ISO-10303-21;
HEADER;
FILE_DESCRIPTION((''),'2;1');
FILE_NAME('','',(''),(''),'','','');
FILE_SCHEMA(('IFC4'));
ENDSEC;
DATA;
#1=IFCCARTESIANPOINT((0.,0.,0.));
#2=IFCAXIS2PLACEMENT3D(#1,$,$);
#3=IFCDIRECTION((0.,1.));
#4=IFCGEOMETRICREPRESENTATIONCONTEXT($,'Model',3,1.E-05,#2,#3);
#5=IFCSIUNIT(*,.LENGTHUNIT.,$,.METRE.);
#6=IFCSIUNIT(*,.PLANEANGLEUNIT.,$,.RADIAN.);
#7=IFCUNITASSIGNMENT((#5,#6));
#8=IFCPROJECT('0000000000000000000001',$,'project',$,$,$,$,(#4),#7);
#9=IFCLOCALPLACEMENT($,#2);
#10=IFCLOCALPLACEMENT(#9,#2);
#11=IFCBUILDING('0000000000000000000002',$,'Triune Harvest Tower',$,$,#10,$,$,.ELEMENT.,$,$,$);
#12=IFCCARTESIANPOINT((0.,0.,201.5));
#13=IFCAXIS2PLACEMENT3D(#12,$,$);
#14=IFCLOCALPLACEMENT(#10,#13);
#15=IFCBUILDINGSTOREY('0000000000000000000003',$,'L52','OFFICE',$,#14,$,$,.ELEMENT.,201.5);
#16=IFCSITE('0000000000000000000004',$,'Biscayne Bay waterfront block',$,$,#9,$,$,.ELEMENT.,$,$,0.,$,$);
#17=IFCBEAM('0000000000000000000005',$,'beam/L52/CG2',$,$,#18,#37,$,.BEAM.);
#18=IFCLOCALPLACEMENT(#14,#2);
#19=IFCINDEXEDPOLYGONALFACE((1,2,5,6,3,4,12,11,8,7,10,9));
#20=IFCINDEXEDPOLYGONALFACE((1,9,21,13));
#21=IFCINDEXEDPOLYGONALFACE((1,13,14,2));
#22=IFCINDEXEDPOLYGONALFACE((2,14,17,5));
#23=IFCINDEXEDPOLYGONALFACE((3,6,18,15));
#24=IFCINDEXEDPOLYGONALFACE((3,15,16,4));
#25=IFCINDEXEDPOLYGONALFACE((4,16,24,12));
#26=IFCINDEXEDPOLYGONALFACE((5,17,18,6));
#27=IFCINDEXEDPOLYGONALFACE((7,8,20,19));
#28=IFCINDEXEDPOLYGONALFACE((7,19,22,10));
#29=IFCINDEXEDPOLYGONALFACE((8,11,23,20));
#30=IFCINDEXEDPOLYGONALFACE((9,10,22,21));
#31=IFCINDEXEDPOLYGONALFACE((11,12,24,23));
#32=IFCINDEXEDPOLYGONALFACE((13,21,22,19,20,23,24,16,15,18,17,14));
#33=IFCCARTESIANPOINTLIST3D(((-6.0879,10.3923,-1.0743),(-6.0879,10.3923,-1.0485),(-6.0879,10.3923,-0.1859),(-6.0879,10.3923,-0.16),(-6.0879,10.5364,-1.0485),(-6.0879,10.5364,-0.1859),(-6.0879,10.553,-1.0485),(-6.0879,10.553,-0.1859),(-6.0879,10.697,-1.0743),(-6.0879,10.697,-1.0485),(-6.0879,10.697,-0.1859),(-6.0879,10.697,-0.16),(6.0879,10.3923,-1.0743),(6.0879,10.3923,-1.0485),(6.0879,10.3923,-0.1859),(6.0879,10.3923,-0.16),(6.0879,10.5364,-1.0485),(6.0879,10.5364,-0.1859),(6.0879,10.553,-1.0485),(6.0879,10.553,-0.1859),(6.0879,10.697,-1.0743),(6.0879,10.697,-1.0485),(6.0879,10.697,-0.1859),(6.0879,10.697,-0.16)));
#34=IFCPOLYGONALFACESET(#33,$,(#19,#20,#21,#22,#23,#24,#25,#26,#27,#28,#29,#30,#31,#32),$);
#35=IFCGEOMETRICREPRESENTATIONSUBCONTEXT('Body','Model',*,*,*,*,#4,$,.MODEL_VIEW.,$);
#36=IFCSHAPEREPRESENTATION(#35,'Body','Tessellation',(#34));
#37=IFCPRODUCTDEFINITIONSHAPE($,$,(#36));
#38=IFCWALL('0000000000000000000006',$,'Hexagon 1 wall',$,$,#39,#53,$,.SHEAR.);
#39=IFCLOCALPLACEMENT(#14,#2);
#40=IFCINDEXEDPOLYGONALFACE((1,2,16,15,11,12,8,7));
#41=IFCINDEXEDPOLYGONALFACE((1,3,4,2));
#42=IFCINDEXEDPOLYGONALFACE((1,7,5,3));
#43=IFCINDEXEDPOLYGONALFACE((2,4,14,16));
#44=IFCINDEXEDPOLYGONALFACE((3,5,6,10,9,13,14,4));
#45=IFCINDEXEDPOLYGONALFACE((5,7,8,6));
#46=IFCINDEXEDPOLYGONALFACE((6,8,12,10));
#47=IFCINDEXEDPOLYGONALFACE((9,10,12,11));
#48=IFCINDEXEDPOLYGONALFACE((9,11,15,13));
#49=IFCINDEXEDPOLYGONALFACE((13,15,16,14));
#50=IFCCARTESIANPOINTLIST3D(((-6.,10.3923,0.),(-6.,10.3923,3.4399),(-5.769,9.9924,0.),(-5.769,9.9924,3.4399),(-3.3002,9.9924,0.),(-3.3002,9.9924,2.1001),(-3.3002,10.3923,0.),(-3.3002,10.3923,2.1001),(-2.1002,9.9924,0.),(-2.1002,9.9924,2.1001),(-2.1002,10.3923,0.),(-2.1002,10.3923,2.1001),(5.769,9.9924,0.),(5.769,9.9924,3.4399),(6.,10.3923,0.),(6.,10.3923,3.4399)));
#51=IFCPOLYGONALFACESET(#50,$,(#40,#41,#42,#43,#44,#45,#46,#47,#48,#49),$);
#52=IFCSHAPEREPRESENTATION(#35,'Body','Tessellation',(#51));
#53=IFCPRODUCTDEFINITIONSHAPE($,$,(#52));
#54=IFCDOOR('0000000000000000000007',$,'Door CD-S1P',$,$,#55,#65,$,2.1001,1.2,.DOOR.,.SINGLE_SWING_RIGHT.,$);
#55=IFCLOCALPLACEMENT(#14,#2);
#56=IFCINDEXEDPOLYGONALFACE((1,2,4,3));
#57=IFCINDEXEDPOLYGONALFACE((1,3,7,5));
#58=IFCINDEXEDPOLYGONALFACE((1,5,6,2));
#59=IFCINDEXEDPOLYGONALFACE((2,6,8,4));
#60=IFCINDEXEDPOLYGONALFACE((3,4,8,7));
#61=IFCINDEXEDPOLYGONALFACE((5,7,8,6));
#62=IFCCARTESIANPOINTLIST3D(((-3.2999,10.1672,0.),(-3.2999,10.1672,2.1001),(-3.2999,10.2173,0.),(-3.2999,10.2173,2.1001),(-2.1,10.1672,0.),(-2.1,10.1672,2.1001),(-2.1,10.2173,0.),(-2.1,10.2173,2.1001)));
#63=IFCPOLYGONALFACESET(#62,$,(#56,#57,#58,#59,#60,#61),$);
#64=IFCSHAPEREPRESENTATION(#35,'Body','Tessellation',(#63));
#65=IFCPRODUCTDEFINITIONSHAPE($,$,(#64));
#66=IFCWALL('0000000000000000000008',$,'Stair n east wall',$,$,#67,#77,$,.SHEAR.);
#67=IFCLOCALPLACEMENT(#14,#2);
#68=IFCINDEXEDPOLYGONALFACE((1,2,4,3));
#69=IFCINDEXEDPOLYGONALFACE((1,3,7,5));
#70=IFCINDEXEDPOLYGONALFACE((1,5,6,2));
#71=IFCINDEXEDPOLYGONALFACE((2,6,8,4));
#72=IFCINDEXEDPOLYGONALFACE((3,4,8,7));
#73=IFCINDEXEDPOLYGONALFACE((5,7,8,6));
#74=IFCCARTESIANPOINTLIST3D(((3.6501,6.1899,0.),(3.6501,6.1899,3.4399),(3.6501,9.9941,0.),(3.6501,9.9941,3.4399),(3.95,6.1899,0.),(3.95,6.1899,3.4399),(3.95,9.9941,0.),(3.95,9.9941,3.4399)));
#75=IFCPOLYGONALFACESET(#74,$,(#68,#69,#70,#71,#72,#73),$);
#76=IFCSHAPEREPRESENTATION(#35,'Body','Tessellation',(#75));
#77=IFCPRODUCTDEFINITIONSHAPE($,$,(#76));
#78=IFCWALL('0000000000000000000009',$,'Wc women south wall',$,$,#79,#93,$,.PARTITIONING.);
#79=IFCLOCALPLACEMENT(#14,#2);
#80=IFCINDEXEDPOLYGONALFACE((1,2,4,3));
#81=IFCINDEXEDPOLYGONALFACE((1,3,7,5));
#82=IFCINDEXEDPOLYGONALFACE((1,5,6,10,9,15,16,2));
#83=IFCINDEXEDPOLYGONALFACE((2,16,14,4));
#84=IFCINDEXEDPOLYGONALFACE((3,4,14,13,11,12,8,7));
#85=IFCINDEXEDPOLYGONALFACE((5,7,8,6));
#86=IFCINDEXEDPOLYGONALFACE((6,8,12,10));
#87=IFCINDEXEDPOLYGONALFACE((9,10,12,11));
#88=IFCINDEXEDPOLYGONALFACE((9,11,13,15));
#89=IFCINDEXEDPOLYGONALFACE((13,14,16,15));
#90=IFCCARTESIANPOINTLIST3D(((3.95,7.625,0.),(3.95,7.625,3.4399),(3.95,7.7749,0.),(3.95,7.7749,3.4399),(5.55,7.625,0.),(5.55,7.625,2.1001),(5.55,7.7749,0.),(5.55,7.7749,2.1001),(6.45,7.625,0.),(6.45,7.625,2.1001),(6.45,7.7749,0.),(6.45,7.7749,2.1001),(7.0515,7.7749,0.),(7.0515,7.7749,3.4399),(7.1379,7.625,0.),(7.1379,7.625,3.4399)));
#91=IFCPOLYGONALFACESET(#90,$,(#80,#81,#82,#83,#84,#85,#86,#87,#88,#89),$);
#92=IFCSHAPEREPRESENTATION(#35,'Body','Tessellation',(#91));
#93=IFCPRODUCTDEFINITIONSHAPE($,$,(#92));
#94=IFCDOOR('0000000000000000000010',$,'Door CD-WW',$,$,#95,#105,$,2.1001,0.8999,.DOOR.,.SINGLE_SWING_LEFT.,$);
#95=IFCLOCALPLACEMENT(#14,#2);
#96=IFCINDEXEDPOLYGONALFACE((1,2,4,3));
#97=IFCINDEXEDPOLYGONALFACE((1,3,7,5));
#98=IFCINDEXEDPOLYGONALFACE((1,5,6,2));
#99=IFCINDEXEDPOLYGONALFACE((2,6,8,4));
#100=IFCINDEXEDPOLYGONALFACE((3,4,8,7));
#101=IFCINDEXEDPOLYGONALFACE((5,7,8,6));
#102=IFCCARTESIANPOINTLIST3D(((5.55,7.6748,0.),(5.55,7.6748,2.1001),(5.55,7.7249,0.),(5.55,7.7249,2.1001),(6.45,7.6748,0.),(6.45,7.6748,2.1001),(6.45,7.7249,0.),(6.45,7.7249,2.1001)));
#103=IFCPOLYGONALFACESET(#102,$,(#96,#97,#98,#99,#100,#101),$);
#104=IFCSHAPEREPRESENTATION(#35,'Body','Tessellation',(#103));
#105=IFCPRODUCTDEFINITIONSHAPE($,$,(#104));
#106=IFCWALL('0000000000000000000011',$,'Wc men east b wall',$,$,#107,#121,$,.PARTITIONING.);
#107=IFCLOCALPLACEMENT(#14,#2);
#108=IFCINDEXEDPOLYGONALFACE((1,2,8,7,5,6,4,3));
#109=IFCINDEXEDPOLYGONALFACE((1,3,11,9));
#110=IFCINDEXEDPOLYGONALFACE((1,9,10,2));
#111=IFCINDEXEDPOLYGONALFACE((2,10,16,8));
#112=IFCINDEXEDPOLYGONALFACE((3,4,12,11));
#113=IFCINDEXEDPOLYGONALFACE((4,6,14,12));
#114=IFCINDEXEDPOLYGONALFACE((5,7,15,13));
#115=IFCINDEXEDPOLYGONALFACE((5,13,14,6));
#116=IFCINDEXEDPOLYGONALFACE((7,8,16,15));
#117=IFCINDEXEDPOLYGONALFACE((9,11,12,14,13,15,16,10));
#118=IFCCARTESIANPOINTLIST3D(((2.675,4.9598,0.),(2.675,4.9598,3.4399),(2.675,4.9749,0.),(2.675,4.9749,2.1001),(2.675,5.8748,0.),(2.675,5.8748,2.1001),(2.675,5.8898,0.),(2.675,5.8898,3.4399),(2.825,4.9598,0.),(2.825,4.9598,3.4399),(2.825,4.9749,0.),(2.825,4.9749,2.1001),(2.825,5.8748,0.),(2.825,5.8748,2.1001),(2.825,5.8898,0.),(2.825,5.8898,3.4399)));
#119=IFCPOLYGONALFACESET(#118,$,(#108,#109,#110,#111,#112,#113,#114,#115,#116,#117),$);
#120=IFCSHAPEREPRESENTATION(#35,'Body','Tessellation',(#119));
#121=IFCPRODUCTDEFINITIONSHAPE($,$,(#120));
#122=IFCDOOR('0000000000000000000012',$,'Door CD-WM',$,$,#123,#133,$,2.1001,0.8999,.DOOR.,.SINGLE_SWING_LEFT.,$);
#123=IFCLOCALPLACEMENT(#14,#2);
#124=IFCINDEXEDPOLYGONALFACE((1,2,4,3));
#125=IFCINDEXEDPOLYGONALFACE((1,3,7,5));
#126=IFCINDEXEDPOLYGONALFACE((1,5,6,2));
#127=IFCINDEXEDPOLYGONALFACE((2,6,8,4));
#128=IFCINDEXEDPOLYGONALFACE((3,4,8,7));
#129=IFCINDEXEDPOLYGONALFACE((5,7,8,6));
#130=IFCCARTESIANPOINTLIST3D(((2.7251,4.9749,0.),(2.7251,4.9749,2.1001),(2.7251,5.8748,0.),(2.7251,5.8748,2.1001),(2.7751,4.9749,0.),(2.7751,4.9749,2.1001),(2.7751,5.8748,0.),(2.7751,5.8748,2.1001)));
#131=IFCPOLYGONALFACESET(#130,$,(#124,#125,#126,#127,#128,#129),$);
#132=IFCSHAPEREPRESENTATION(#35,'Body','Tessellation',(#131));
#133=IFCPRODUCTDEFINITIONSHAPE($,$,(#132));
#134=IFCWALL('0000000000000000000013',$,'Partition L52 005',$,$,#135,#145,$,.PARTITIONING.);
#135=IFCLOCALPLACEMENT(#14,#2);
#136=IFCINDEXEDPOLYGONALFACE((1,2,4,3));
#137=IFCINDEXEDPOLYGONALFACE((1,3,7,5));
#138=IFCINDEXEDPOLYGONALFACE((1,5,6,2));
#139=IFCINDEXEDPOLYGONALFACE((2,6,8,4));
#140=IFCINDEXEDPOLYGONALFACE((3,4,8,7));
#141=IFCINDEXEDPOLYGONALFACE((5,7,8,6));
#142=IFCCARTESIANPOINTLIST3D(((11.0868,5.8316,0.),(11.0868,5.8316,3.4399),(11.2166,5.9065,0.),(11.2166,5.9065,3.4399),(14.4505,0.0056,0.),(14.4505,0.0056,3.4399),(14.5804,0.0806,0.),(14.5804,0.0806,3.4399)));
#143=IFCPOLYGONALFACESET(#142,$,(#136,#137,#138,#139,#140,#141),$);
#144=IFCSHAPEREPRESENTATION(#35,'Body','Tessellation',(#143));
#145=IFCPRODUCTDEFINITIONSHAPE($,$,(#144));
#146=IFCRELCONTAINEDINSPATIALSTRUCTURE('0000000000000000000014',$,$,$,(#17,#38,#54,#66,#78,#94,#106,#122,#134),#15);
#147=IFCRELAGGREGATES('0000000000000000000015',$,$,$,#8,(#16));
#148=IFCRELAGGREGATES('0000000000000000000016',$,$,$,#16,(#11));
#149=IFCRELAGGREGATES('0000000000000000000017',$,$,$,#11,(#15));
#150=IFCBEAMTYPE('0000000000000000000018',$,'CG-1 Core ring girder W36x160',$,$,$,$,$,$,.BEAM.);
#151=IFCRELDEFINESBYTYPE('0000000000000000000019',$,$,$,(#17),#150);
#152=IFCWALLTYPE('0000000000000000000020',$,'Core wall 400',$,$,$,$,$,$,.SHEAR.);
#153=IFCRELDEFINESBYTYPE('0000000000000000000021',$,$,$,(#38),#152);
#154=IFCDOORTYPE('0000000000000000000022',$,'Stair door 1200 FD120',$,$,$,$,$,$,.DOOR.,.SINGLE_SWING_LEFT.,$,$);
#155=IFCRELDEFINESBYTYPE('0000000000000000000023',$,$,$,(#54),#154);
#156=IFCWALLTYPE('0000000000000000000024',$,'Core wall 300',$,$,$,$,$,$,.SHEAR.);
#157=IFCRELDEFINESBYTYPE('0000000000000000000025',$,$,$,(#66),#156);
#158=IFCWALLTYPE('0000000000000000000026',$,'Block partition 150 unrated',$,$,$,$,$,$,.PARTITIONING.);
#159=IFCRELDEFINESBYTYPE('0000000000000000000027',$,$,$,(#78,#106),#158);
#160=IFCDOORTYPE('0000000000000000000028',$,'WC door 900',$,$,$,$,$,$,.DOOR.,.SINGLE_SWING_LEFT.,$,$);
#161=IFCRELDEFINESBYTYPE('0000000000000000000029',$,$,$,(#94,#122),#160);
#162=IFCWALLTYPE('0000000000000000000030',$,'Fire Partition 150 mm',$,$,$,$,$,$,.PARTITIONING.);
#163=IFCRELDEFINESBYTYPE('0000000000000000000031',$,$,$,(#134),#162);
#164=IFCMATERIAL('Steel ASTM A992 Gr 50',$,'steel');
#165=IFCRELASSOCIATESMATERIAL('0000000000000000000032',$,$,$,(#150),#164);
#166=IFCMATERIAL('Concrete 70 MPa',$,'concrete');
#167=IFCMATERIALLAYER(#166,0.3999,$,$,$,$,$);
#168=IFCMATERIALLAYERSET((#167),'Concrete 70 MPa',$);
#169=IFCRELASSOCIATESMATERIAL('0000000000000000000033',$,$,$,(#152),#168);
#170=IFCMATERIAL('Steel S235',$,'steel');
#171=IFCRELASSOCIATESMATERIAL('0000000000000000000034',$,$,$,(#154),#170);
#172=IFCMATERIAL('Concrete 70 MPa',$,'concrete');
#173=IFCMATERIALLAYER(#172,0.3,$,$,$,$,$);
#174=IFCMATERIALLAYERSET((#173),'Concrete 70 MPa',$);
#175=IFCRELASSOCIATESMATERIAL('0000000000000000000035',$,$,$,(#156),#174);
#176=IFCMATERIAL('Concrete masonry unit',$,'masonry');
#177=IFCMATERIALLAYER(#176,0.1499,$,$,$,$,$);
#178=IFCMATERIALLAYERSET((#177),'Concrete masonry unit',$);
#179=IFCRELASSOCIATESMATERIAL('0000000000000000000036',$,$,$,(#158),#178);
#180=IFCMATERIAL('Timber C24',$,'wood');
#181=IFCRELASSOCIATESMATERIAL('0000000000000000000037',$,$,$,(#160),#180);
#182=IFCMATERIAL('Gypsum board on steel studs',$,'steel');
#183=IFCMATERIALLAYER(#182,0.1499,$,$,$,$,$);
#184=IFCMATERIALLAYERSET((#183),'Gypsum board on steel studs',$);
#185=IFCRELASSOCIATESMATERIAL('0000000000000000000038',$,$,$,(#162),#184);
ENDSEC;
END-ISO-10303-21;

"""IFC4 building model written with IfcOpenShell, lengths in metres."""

from ifc_helpers import new_model, si_unit, direction, frame, frame_2d, origin, origin_2d, place, context, subcontext, project, spatial, polyline, rectangle, i_section, outline, extrude, source, transform, mapped, material, layer, layer_set, material_profile, profile_set, type_object, element, fill, save


model = new_model("IFC4")

# Units and contexts
model_context = context("Model", 3, precision=1e-05, world=origin(), true_north=direction((0.0, 1.0)))
body_context = subcontext(model_context, "Body", "Model", "MODEL_VIEW")
ifc_project = project(units=[si_unit("LENGTHUNIT", "METRE"), si_unit("PLANEANGLEUNIT", "RADIAN")], contexts=[model_context])

# Site, building, storey
site_placement = place(None, origin())
site = spatial("IfcSite", under=ifc_project, at=site_placement, Name="Biscayne Bay waterfront block", CompositionType="ELEMENT", RefElevation=0.0)
building_placement = place(site_placement, origin())
building = spatial("IfcBuilding", under=site, at=building_placement, Name="Triune Harvest Tower", CompositionType="ELEMENT")
storey_placement = place(building_placement, frame((0.0, 0.0, 201.5)))
storey = spatial("IfcBuildingStorey", under=building, at=storey_placement, Name="L52", Description="OFFICE", CompositionType="ELEMENT", Elevation=201.5)

# Beam
ifc_material_1 = material(Name="Steel ASTM A992 Gr 50", Category="steel")
ifc_material_profile = material_profile(ifc_material_1, i_section(OverallWidth=0.3047, OverallDepth=0.9143, WebThickness=0.0166, FlangeThickness=0.0259, at=origin_2d()), Name="W36x160")
ifc_profile_set = profile_set([ifc_material_profile], Name="Steel ASTM A992 Gr 50")
beam_type = type_object("IfcBeamType", Name="CG-1 Core ring girder W36x160", PredefinedType="BEAM", material=ifc_profile_set)
shared_shape_1 = source(origin(), body_context, "Body", "SweptSolid", [
    extrude(i_section(OverallWidth=0.3047, OverallDepth=0.9143, WebThickness=0.0166, FlangeThickness=0.0259, at=origin_2d()), origin(), (0.0, 0.0, 1.0), 12.1758),
])
beam_placement = place(storey_placement, frame((6.0879, 10.5447, -0.6172), z_axis=(-1.0, 0.0, 0.0), x_axis=(0.0, -1.0, 0.0)))
element("IfcBeam", 1, at=beam_placement, inside=storey, type_object=beam_type, Name="beam/L52/CG2", PredefinedType="BEAM", context=body_context, shape_type="MappedRepresentation", body=[
    mapped(shared_shape_1, transform((0.0, 0.0, 0.0), scale=1.0)),
])

# Wall, opening, door
ifc_material_2 = material(Name="Concrete 70 MPa", Category="concrete")
ifc_layer_1 = layer(ifc_material_2, 0.3999)
ifc_layer_set_1 = layer_set([ifc_layer_1], Name="Concrete 70 MPa")
wall_type_1 = type_object("IfcWallType", Name="Core wall 400", PredefinedType="SHEAR", material=ifc_layer_set_1)
shared_shape_2 = source(origin(), body_context, "Body", "SweptSolid", [
    extrude(outline(polyline([(-0.1155, -0.2), (11.8845, -0.2), (11.6536, 0.2), (0.1155, 0.2), (-0.1155, -0.2)])), origin(), (0.0, 0.0, 1.0), 3.4399),
])
wall_1_placement = place(storey_placement, frame((5.8845, 10.1924, 0.0), z_axis=(0.0, 0.0, 1.0), x_axis=(-1.0, 0.0, 0.0)))
wall_1 = element("IfcWall", 2, at=wall_1_placement, inside=storey, type_object=wall_type_1, Name="Hexagon 1 wall", PredefinedType="SHEAR", context=body_context, shape_type="MappedRepresentation", body=[
    mapped(shared_shape_2, transform((0.0, 0.0, 0.0), scale=1.0)),
])
opening_1_placement = place(wall_1_placement, frame((7.9846, 0.0, 0.0)))
opening_1 = element("IfcOpeningElement", 3, at=opening_1_placement, cuts=wall_1, PredefinedType="OPENING", context=body_context, shape_type="SweptSolid", body=[
    extrude(rectangle(XDim=1.2, YDim=2.1001, at=frame_2d((0.6001, 1.05))), frame((0.0, 0.21, 0.0), z_axis=(0.0, -1.0, 0.0), x_axis=(1.0, 0.0, 0.0)), (0.0, 0.0, 1.0), 0.4199),
])
ifc_material_3 = material(Name="Steel S235", Category="steel")
door_type_1 = type_object("IfcDoorType", Name="Stair door 1200 FD120", OperationType="SINGLE_SWING_LEFT", PredefinedType="DOOR", material=ifc_material_3)
door_1_placement = place(opening_1_placement, frame((1.2, 0.0, 0.0), z_axis=(0.0, 0.0, 1.0), x_axis=(-1.0, 0.0, 0.0)))
door_1 = element("IfcDoor", 4, at=door_1_placement, inside=storey, type_object=door_type_1, Name="Door CD-S1P", OperationType="SINGLE_SWING_RIGHT", OverallHeight=2.1001, OverallWidth=1.2, PredefinedType="DOOR", context=body_context, shape_type="SweptSolid", body=[
    extrude(rectangle(XDim=1.2, YDim=2.1001, at=frame_2d((0.6001, 1.05))), frame((0.0, 0.0249, 0.0), z_axis=(0.0, -1.0, 0.0), x_axis=(1.0, 0.0, 0.0)), (0.0, 0.0, 1.0), 0.05),
])
fill(opening_1, door_1)

# Wall
ifc_material_4 = material(Name="Concrete 70 MPa", Category="concrete")
ifc_layer_2 = layer(ifc_material_4, 0.3)
ifc_layer_set_2 = layer_set([ifc_layer_2], Name="Concrete 70 MPa")
wall_type_2 = type_object("IfcWallType", Name="Core wall 300", PredefinedType="SHEAR", material=ifc_layer_set_2)
shared_shape_3 = source(origin(), body_context, "Body", "SweptSolid", [
    extrude(outline(polyline([(0.0, -0.1499), (0.0, 0.1499), (3.8042, 0.1499), (3.8042, -0.1499), (0.0, -0.1499)])), origin(), (0.0, 0.0, 1.0), 3.4399),
])
wall_2_placement = place(storey_placement, frame((3.8, 6.1899, 0.0), z_axis=(0.0, 0.0, 1.0), x_axis=(0.0, 1.0, 0.0)))
element("IfcWall", 5, at=wall_2_placement, inside=storey, type_object=wall_type_2, Name="Stair n east wall", PredefinedType="SHEAR", context=body_context, shape_type="MappedRepresentation", body=[
    mapped(shared_shape_3, transform((0.0, 0.0, 0.0), scale=1.0)),
])

# Walls, openings, doors
ifc_material_5 = material(Name="Concrete masonry unit", Category="masonry")
ifc_layer_3 = layer(ifc_material_5, 0.1499)
ifc_layer_set_3 = layer_set([ifc_layer_3], Name="Concrete masonry unit")
wall_type_3 = type_object("IfcWallType", Name="Block partition 150 unrated", PredefinedType="PARTITIONING", material=ifc_layer_set_3)
shared_shape_4 = source(origin(), body_context, "Body", "SweptSolid", [
    extrude(outline(polyline([(0.0, -0.075), (0.0, 0.075), (3.1016, 0.075), (3.188, -0.075), (0.0, -0.075)])), origin(), (0.0, 0.0, 1.0), 3.4399),
])
wall_3_placement = place(storey_placement, frame((3.95, 7.7, 0.0), z_axis=(0.0, 0.0, 1.0), x_axis=(1.0, 0.0, 0.0)))
wall_3 = element("IfcWall", 6, at=wall_3_placement, inside=storey, type_object=wall_type_3, Name="Wc women south wall", PredefinedType="PARTITIONING", context=body_context, shape_type="MappedRepresentation", body=[
    mapped(shared_shape_4, transform((0.0, 0.0, 0.0), scale=1.0)),
])
opening_2_placement = place(wall_3_placement, frame((1.6001, 0.0, 0.0)))
opening_2 = element("IfcOpeningElement", 7, at=opening_2_placement, cuts=wall_3, PredefinedType="OPENING", context=body_context, shape_type="SweptSolid", body=[
    extrude(rectangle(XDim=0.8999, YDim=2.1001, at=frame_2d((0.45, 1.05))), frame((0.0, 0.085, 0.0), z_axis=(0.0, -1.0, 0.0), x_axis=(1.0, 0.0, 0.0)), (0.0, 0.0, 1.0), 0.1699),
])
ifc_material_6 = material(Name="Timber C24", Category="wood")
door_type_2 = type_object("IfcDoorType", Name="WC door 900", OperationType="SINGLE_SWING_LEFT", PredefinedType="DOOR", material=ifc_material_6)
door_2_placement = place(opening_2_placement, origin())
door_2 = element("IfcDoor", 8, at=door_2_placement, inside=storey, type_object=door_type_2, Name="Door CD-WW", OperationType="SINGLE_SWING_LEFT", OverallHeight=2.1001, OverallWidth=0.8999, PredefinedType="DOOR", context=body_context, shape_type="SweptSolid", body=[
    extrude(rectangle(XDim=0.8999, YDim=2.1001, at=frame_2d((0.45, 1.05))), frame((0.0, 0.0249, 0.0), z_axis=(0.0, -1.0, 0.0), x_axis=(1.0, 0.0, 0.0)), (0.0, 0.0, 1.0), 0.05),
])
fill(opening_2, door_2)
shared_shape_5 = source(origin(), body_context, "Body", "SweptSolid", [
    extrude(rectangle(XDim=0.9299, YDim=0.1499, at=frame_2d((0.4648, 0.0))), origin(), (0.0, 0.0, 1.0), 3.4399),
])
wall_4_placement = place(storey_placement, frame((2.75, 4.96, 0.0), z_axis=(0.0, 0.0, 1.0), x_axis=(0.0, 1.0, 0.0)))
wall_4 = element("IfcWall", 9, at=wall_4_placement, inside=storey, type_object=wall_type_3, Name="Wc men east b wall", PredefinedType="PARTITIONING", context=body_context, shape_type="MappedRepresentation", body=[
    mapped(shared_shape_5, transform((0.0, 0.0, 0.0), scale=1.0)),
])
opening_3_placement = place(wall_4_placement, frame((0.0149, 0.0, 0.0)))
opening_3 = element("IfcOpeningElement", 10, at=opening_3_placement, cuts=wall_4, PredefinedType="OPENING", context=body_context, shape_type="SweptSolid", body=[
    extrude(rectangle(XDim=0.8999, YDim=2.1001, at=frame_2d((0.45, 1.05))), frame((0.0, 0.085, 0.0), z_axis=(0.0, -1.0, 0.0), x_axis=(1.0, 0.0, 0.0)), (0.0, 0.0, 1.0), 0.1699),
])
door_3_placement = place(opening_3_placement, origin())
door_3 = element("IfcDoor", 11, at=door_3_placement, inside=storey, type_object=door_type_2, Name="Door CD-WM", OperationType="SINGLE_SWING_LEFT", OverallHeight=2.1001, OverallWidth=0.8999, PredefinedType="DOOR", context=body_context, shape_type="SweptSolid", body=[
    extrude(rectangle(XDim=0.8999, YDim=2.1001, at=frame_2d((0.45, 1.05))), frame((0.0, 0.0249, 0.0), z_axis=(0.0, -1.0, 0.0), x_axis=(1.0, 0.0, 0.0)), (0.0, 0.0, 1.0), 0.05),
])
fill(opening_3, door_3)

# Wall
ifc_material_7 = material(Name="Gypsum board on steel studs", Category="steel")
ifc_layer_4 = layer(ifc_material_7, 0.1499)
ifc_layer_set_4 = layer_set([ifc_layer_4], Name="Gypsum board on steel studs")
wall_type_4 = type_object("IfcWallType", Name="Fire Partition 150 mm", PredefinedType="PARTITIONING", material=ifc_layer_set_4)
shared_shape_6 = source(origin(), body_context, "Body", "SweptSolid", [
    extrude(rectangle(XDim=6.7273, YDim=0.1499, at=frame_2d((3.3638, 0.0))), origin(), (0.0, 0.0, 1.0), 3.4399),
])
wall_5_placement = place(storey_placement, frame((11.1516, 5.8691, 0.0), z_axis=(0.0, 0.0, 1.0), x_axis=(0.500019, -0.866015, 0.0)))
element("IfcWall", 12, at=wall_5_placement, inside=storey, type_object=wall_type_4, Name="Partition L52 005", PredefinedType="PARTITIONING", context=body_context, shape_type="MappedRepresentation", body=[
    mapped(shared_shape_6, transform((0.0, 0.0, 0.0), scale=1.0)),
])

save(model, "model.ifc")
